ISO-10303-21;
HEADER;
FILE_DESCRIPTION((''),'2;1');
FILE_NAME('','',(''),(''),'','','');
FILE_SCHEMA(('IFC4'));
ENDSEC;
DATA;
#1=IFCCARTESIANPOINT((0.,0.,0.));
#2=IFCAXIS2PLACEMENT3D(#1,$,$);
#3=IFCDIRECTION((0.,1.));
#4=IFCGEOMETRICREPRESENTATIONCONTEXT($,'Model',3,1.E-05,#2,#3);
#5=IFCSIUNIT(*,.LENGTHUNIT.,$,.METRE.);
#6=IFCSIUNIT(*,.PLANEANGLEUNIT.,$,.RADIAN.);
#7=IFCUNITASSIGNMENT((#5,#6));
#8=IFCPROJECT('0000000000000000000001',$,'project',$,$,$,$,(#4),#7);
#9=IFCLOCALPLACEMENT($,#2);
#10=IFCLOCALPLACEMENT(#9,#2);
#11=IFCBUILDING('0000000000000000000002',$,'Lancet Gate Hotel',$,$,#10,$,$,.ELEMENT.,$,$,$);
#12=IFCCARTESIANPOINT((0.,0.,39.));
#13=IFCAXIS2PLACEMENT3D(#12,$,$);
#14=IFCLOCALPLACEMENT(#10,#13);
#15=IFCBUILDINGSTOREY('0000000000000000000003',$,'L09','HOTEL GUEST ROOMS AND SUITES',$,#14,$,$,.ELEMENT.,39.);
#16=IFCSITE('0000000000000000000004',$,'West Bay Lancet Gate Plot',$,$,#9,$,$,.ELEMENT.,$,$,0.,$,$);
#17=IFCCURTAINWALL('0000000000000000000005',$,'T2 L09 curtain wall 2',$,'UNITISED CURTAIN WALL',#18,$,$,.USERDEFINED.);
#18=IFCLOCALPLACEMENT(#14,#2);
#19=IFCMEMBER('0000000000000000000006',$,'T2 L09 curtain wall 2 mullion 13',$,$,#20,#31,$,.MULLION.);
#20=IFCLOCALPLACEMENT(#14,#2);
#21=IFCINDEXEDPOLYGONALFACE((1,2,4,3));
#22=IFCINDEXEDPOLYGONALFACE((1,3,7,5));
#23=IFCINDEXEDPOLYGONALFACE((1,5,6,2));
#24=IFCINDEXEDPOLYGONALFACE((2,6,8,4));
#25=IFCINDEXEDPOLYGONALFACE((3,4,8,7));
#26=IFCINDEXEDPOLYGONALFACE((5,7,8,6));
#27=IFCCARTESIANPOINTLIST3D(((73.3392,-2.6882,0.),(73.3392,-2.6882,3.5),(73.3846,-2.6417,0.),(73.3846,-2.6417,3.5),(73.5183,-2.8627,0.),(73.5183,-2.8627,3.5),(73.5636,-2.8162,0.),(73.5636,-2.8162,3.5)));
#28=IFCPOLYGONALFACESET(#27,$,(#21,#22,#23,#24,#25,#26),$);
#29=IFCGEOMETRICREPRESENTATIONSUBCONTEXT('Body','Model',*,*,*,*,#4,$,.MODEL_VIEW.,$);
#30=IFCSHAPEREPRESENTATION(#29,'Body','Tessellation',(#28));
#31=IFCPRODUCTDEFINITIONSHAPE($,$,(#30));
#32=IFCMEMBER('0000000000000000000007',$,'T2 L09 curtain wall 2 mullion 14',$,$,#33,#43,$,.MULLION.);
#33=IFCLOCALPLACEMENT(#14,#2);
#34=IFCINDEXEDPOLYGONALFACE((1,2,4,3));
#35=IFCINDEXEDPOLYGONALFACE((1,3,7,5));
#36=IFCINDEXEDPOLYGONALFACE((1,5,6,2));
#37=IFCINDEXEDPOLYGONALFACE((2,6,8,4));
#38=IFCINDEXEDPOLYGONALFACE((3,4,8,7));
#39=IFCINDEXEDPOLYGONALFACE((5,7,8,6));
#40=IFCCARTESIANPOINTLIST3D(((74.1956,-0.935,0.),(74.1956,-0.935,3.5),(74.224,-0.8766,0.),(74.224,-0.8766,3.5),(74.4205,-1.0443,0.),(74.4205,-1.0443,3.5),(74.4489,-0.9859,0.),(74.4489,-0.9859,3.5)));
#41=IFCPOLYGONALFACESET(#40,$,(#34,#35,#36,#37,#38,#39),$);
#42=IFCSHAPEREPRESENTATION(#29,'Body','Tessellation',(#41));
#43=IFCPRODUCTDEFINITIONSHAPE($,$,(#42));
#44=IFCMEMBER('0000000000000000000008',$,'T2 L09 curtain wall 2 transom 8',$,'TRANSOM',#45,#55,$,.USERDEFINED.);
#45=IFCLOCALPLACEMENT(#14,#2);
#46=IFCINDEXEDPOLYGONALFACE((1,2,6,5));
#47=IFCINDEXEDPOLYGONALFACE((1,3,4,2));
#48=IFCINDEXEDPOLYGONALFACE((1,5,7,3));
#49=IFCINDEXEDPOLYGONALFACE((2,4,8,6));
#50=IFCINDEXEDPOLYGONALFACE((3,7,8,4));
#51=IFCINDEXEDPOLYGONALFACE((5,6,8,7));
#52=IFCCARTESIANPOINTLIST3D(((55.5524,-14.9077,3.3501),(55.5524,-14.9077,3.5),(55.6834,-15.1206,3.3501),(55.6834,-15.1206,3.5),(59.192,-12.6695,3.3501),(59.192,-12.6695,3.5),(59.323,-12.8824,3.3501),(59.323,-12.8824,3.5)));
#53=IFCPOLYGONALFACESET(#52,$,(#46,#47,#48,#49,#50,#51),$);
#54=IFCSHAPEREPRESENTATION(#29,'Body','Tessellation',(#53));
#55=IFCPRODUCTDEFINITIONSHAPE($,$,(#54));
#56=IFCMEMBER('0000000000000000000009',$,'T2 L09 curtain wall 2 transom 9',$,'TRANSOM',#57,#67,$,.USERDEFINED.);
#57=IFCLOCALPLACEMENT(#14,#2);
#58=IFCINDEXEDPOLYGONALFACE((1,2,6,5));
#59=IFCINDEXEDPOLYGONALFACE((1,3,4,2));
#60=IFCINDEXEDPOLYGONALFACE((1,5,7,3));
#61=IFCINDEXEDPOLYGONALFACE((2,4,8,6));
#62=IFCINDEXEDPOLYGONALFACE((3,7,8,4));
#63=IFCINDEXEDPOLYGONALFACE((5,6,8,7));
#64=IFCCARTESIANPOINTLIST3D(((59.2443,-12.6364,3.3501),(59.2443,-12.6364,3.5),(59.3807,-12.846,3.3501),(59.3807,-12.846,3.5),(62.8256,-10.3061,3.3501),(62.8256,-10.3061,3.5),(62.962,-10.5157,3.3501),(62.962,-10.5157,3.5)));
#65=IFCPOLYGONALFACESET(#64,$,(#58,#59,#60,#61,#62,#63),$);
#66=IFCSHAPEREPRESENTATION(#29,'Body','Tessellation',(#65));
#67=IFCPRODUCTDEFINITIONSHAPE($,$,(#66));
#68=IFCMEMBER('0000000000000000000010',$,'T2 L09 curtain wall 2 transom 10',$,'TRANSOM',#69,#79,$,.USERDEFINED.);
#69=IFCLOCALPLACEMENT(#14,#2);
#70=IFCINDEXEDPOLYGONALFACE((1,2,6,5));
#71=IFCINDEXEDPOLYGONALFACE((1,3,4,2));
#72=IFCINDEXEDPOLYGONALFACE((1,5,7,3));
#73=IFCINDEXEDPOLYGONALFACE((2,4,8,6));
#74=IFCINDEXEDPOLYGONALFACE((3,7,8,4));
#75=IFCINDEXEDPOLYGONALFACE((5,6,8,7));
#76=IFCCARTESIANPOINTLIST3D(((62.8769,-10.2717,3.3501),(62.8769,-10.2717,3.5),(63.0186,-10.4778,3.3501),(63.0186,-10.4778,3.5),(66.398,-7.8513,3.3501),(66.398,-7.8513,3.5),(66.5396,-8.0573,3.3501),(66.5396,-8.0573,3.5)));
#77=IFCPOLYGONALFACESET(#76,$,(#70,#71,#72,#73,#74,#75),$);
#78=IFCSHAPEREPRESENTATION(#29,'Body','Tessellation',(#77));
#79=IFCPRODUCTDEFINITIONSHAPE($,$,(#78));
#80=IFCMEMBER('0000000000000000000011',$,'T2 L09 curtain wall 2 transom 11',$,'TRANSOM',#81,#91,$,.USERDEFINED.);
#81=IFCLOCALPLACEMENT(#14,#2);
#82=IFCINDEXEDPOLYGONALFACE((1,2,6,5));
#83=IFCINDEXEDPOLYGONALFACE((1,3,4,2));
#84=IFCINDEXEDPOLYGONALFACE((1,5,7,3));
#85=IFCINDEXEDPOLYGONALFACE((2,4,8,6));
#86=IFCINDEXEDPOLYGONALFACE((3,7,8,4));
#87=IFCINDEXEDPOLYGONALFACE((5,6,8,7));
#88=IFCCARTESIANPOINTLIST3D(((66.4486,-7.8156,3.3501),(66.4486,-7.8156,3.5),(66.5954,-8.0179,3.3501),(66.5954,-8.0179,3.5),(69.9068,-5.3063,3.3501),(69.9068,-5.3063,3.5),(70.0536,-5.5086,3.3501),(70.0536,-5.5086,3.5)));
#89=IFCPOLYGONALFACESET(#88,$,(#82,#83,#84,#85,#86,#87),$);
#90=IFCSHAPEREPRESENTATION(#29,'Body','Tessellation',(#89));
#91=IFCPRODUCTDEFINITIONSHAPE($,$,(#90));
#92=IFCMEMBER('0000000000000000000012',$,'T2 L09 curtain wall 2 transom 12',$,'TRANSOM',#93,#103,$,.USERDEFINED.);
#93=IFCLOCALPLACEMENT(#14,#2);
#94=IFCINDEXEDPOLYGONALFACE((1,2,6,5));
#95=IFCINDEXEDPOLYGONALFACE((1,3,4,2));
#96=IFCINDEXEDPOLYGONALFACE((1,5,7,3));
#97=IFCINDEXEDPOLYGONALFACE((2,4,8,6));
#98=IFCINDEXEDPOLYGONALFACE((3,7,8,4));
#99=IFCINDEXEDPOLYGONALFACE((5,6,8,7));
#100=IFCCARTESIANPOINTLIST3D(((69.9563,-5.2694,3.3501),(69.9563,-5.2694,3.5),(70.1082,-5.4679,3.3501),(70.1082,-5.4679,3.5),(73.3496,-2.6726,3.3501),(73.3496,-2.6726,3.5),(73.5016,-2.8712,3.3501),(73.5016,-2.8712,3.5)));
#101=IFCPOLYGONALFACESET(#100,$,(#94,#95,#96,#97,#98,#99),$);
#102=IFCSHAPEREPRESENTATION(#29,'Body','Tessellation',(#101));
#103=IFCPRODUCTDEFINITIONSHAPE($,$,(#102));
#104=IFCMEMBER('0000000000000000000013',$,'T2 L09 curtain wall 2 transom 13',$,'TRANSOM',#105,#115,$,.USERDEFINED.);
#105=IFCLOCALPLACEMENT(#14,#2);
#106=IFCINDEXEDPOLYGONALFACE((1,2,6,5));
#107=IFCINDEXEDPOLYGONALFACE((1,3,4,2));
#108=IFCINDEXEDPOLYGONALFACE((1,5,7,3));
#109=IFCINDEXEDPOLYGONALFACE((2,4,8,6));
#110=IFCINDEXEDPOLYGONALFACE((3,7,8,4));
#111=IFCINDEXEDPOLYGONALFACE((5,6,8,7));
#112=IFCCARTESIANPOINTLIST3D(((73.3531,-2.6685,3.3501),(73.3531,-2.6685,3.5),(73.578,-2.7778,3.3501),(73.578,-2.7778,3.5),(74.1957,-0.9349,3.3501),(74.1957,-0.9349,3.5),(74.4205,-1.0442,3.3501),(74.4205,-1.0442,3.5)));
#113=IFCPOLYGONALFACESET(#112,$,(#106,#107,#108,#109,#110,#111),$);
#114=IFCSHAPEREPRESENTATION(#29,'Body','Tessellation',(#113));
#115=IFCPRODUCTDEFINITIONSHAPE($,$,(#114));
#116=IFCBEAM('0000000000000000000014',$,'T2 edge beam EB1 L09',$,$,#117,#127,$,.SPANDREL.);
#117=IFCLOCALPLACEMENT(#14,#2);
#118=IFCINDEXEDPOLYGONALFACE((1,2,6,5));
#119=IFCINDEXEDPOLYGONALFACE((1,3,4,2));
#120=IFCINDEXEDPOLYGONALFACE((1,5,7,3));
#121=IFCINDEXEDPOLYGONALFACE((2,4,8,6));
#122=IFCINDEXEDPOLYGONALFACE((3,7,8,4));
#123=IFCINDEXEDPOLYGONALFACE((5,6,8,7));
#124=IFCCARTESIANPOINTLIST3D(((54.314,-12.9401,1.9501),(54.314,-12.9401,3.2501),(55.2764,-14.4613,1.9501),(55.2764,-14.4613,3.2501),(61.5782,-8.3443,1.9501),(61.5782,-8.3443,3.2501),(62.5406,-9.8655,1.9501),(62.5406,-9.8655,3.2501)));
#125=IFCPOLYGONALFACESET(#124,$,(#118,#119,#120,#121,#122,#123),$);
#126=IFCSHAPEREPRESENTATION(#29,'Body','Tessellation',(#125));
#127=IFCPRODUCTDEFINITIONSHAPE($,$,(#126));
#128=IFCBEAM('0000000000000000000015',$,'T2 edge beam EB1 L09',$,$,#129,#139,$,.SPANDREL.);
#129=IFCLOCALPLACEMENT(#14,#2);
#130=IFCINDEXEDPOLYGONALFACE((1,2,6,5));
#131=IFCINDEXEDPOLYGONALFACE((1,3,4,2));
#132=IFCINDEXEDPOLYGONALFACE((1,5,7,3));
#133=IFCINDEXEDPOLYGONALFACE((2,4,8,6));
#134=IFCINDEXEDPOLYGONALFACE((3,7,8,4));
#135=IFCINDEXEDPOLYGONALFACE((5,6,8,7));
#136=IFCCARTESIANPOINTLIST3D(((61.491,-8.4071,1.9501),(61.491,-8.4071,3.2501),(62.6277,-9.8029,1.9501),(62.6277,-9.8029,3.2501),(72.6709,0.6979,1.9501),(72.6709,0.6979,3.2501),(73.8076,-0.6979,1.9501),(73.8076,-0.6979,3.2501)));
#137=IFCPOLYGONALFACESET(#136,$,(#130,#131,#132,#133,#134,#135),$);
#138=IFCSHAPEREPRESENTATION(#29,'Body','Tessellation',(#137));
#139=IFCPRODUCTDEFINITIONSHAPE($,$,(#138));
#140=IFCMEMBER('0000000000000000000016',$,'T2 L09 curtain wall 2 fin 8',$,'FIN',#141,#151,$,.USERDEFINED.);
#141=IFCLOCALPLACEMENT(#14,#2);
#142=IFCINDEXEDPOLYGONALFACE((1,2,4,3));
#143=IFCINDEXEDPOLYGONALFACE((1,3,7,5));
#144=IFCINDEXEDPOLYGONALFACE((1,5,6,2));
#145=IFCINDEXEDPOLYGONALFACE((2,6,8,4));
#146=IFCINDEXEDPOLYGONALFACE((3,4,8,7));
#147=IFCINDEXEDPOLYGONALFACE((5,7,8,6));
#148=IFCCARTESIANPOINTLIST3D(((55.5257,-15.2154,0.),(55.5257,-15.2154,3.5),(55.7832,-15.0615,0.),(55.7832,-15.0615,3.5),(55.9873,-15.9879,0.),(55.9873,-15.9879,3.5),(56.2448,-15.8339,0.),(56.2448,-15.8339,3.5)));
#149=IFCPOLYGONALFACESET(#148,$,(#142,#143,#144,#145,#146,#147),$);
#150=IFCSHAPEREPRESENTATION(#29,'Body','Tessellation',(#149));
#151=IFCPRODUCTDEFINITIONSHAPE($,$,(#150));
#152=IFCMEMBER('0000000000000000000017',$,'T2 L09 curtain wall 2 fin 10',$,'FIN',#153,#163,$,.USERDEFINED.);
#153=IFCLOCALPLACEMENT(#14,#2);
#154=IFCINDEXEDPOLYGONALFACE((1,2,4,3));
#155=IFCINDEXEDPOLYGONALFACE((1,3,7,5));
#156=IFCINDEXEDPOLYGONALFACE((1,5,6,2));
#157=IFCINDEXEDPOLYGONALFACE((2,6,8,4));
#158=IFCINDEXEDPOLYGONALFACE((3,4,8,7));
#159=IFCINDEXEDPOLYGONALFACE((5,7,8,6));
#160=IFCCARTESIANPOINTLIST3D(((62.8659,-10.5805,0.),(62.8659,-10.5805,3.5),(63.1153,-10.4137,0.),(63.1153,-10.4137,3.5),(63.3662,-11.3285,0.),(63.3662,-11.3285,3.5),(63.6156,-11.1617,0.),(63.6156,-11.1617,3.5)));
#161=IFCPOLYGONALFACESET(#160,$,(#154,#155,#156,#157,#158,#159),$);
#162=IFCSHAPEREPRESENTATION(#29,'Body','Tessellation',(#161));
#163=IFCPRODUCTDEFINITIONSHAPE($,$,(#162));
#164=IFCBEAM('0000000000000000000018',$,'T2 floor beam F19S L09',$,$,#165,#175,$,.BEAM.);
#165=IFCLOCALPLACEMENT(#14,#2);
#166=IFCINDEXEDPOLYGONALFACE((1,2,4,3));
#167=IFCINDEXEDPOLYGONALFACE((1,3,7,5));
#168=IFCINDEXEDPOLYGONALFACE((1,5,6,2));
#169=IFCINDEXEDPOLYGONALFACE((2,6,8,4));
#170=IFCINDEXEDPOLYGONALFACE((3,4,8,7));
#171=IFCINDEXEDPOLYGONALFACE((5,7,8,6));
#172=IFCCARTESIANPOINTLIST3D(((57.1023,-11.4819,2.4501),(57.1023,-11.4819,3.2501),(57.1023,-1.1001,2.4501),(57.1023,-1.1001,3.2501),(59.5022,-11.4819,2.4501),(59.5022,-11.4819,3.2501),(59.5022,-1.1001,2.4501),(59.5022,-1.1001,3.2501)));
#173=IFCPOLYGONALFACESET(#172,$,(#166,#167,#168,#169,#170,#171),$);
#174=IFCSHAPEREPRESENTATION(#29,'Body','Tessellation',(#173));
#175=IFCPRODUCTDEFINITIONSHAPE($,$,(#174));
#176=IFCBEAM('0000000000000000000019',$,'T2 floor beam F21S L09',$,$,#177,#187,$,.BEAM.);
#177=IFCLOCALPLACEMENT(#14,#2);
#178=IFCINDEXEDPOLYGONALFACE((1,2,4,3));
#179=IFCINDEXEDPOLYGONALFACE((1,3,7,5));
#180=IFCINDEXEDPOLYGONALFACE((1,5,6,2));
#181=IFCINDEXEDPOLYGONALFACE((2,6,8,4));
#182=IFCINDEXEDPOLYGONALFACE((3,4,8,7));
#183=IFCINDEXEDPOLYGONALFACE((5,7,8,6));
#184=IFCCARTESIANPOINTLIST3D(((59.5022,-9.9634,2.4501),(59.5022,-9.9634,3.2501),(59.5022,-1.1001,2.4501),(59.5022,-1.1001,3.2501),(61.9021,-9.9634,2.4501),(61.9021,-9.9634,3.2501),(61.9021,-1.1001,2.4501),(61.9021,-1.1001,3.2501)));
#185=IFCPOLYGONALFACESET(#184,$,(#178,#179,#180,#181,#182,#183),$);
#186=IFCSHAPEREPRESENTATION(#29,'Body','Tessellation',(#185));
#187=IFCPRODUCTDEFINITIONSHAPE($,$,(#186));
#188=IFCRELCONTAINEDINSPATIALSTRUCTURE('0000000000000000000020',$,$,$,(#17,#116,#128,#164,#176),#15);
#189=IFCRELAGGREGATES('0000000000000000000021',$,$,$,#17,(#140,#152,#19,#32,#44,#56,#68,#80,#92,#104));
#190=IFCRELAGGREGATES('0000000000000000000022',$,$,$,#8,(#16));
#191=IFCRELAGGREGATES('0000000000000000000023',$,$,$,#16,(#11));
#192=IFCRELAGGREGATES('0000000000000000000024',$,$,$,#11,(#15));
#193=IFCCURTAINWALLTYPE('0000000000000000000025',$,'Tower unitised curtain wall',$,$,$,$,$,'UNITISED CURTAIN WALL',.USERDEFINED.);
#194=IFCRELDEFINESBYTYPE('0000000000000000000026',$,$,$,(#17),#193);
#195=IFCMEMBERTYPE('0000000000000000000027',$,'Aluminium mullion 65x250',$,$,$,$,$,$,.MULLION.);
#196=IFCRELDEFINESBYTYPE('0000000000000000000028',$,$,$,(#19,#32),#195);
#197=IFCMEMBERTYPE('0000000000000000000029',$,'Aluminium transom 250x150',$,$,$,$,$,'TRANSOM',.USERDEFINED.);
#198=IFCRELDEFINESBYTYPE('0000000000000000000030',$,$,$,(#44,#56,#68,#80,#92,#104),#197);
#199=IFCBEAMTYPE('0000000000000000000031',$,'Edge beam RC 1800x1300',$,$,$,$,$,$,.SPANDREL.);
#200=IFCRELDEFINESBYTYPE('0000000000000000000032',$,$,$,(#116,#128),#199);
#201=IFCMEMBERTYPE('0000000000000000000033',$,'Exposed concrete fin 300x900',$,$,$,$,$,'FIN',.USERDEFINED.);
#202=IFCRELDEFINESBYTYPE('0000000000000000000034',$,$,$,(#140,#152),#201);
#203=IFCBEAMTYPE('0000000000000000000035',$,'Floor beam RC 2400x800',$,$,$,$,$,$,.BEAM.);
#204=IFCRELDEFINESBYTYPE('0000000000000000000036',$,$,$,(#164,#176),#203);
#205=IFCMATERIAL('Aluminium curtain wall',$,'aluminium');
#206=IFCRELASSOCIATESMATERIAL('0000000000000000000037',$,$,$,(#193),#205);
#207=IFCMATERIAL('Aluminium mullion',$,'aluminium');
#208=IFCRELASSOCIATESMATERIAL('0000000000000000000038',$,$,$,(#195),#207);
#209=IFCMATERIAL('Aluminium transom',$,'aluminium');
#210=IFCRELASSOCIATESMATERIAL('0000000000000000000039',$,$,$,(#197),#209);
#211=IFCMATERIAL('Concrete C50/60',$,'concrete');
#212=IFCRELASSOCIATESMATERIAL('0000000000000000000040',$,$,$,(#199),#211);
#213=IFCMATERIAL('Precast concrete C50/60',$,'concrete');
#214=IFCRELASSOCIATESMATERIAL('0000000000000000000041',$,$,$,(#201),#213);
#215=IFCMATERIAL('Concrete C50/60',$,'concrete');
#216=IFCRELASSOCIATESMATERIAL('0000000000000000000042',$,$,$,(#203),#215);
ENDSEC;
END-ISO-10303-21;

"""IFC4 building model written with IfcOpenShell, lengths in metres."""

from ifc_helpers import new_model, si_unit, direction, frame, origin, origin_2d, place, context, subcontext, project, spatial, rectangle, extrude, material, material_profile, profile_set, type_object, element, aggregate, save


model = new_model("IFC4")

# Units and contexts
model_context = context("Model", 3, precision=1e-05, world=origin(), true_north=direction((0.0, 1.0)))
body_context = subcontext(model_context, "Body", "Model", "MODEL_VIEW")
ifc_project = project(units=[si_unit("LENGTHUNIT", "METRE"), si_unit("PLANEANGLEUNIT", "RADIAN")], contexts=[model_context])

# Site, building, storey
site_placement = place(None, origin())
site = spatial("IfcSite", under=ifc_project, at=site_placement, Name="West Bay Lancet Gate Plot", CompositionType="ELEMENT", RefElevation=0.0)
building_placement = place(site_placement, origin())
building = spatial("IfcBuilding", under=site, at=building_placement, Name="Lancet Gate Hotel", CompositionType="ELEMENT")
storey_placement = place(building_placement, frame((0.0, 0.0, 39.0)))
storey = spatial("IfcBuildingStorey", under=building, at=storey_placement, Name="L09", Description="HOTEL GUEST ROOMS AND SUITES", CompositionType="ELEMENT", Elevation=39.0)

# Curtain wall, members
ifc_material_1 = material(Name="Aluminium curtain wall", Category="aluminium")
curtain_wall_type = type_object("IfcCurtainWallType", Name="Tower unitised curtain wall", ElementType="UNITISED CURTAIN WALL", PredefinedType="USERDEFINED", material=ifc_material_1)
curtain_wall_placement = place(storey_placement, origin())
curtain_wall = element("IfcCurtainWall", 1, at=curtain_wall_placement, inside=storey, type_object=curtain_wall_type, Name="T2 L09 curtain wall 2", ObjectType="UNITISED CURTAIN WALL", PredefinedType="USERDEFINED")
ifc_material_2 = material(Name="Aluminium mullion", Category="aluminium")
ifc_material_profile_1 = material_profile(ifc_material_2, rectangle(XDim=0.0649, YDim=0.25, at=origin_2d()), Name="MULLION 65x250")
ifc_profile_set_1 = profile_set([ifc_material_profile_1], Name="Aluminium mullion")
member_type_1 = type_object("IfcMemberType", Name="Aluminium mullion 65x250", PredefinedType="MULLION", material=ifc_profile_set_1)
member_1_placement = place(storey_placement, frame((73.4514, -2.7522, 0.0), z_axis=(0.0, 0.0, 1.0), x_axis=(0.697983, 0.716114, 0.0)))
member_1 = element("IfcMember", 2, at=member_1_placement, type_object=member_type_1, Name="T2 L09 curtain wall 2 mullion 13", PredefinedType="MULLION", context=body_context, shape_type="SweptSolid", body=[
    extrude(rectangle(XDim=0.0649, YDim=0.25, at=origin_2d()), origin(), (0.0, 0.0, 1.0), 3.5),
])
member_2_placement = place(storey_placement, frame((74.3223, -0.9604, 0.0), z_axis=(0.0, 0.0, 1.0), x_axis=(0.437169, 0.899379, 0.0)))
member_2 = element("IfcMember", 3, at=member_2_placement, type_object=member_type_1, Name="T2 L09 curtain wall 2 mullion 14", PredefinedType="MULLION", context=body_context, shape_type="SweptSolid", body=[
    extrude(rectangle(XDim=0.0649, YDim=0.25, at=origin_2d()), origin(), (0.0, 0.0, 1.0), 3.5),
])
ifc_material_3 = material(Name="Aluminium transom", Category="aluminium")
ifc_material_profile_2 = material_profile(ifc_material_3, rectangle(XDim=0.25, YDim=0.1499, at=origin_2d()), Name="TRANSOM 250x150")
ifc_profile_set_2 = profile_set([ifc_material_profile_2], Name="Aluminium transom")
member_type_2 = type_object("IfcMemberType", Name="Aluminium transom 250x150", ElementType="TRANSOM", PredefinedType="USERDEFINED", material=ifc_profile_set_2)
member_3_placement = place(storey_placement, frame((55.6179, -15.0142, 3.425), z_axis=(0.851815, 0.523842, 0.0), x_axis=(-0.523842, 0.851815, 0.0)))
member_3 = element("IfcMember", 4, at=member_3_placement, type_object=member_type_2, Name="T2 L09 curtain wall 2 transom 8", ObjectType="TRANSOM", PredefinedType="USERDEFINED", context=body_context, shape_type="SweptSolid", body=[
    extrude(rectangle(XDim=0.25, YDim=0.1499, at=origin_2d()), origin(), (0.0, 0.0, 1.0), 4.2727),
])
member_4_placement = place(storey_placement, frame((59.3125, -12.7412, 3.425), z_axis=(0.838179, 0.545396, 0.0), x_axis=(-0.545396, 0.838179, 0.0)))
member_4 = element("IfcMember", 5, at=member_4_placement, type_object=member_type_2, Name="T2 L09 curtain wall 2 transom 9", ObjectType="TRANSOM", PredefinedType="USERDEFINED", context=body_context, shape_type="SweptSolid", body=[
    extrude(rectangle(XDim=0.25, YDim=0.1499, at=origin_2d()), origin(), (0.0, 0.0, 1.0), 4.2727),
])
member_5_placement = place(storey_placement, frame((62.9478, -10.3748, 3.425), z_axis=(0.824072, 0.566485, 0.0), x_axis=(-0.566485, 0.824072, 0.0)))
member_5 = element("IfcMember", 6, at=member_5_placement, type_object=member_type_2, Name="T2 L09 curtain wall 2 transom 10", ObjectType="TRANSOM", PredefinedType="USERDEFINED", context=body_context, shape_type="SweptSolid", body=[
    extrude(rectangle(XDim=0.25, YDim=0.1499, at=origin_2d()), origin(), (0.0, 0.0, 1.0), 4.2727),
])
member_6_placement = place(storey_placement, frame((66.522, -7.9167, 3.425), z_axis=(0.809383, 0.587281, 0.0), x_axis=(-0.587281, 0.809383, 0.0)))
member_6 = element("IfcMember", 7, at=member_6_placement, type_object=member_type_2, Name="T2 L09 curtain wall 2 transom 11", ObjectType="TRANSOM", PredefinedType="USERDEFINED", context=body_context, shape_type="SweptSolid", body=[
    extrude(rectangle(XDim=0.25, YDim=0.1499, at=origin_2d()), origin(), (0.0, 0.0, 1.0), 4.2727),
])
member_7_placement = place(storey_placement, frame((70.0322, -5.3687, 3.425), z_axis=(0.794155, 0.607715, 0.0), x_axis=(-0.607715, 0.794155, 0.0)))
member_7 = element("IfcMember", 8, at=member_7_placement, type_object=member_type_2, Name="T2 L09 curtain wall 2 transom 12", ObjectType="TRANSOM", PredefinedType="USERDEFINED", context=body_context, shape_type="SweptSolid", body=[
    extrude(rectangle(XDim=0.25, YDim=0.1499, at=origin_2d()), origin(), (0.0, 0.0, 1.0), 4.2729),
])
member_8_placement = place(storey_placement, frame((73.4656, -2.7231, 3.425), z_axis=(0.437103, 0.899411, 0.0), x_axis=(-0.899411, 0.437103, 0.0)))
member_8 = element("IfcMember", 9, at=member_8_placement, type_object=member_type_2, Name="T2 L09 curtain wall 2 transom 13", ObjectType="TRANSOM", PredefinedType="USERDEFINED", context=body_context, shape_type="SweptSolid", body=[
    extrude(rectangle(XDim=0.25, YDim=0.1499, at=origin_2d()), origin(), (0.0, 0.0, 1.0), 1.9275),
])

# Beams
ifc_material_4 = material(Name="Concrete C50/60", Category="concrete")
ifc_material_profile_3 = material_profile(ifc_material_4, rectangle(XDim=1.8, YDim=1.3, at=origin_2d()), Name="RC 1800x1300")
ifc_profile_set_3 = profile_set([ifc_material_profile_3], Name="Concrete C50/60")
beam_type_1 = type_object("IfcBeamType", Name="Edge beam RC 1800x1300", PredefinedType="SPANDREL", material=ifc_profile_set_3)
beam_1_placement = place(storey_placement, frame((54.7952, -13.7007, 2.6001), z_axis=(0.845078, 0.534643, 0.0), x_axis=(-0.534643, 0.845078, 0.0)))
element("IfcBeam", 10, at=beam_1_placement, inside=storey, type_object=beam_type_1, Name="T2 edge beam EB1 L09", PredefinedType="SPANDREL", context=body_context, shape_type="SweptSolid", body=[
    extrude(rectangle(XDim=1.8, YDim=1.3, at=origin_2d()), origin(), (0.0, 0.0, 1.0), 8.5959),
])
beam_2_placement = place(storey_placement, frame((62.0593, -9.105, 2.6001), z_axis=(0.775391, 0.631481, 0.0), x_axis=(-0.631481, 0.775391, 0.0)))
element("IfcBeam", 11, at=beam_2_placement, inside=storey, type_object=beam_type_1, Name="T2 edge beam EB1 L09", PredefinedType="SPANDREL", context=body_context, shape_type="SweptSolid", body=[
    extrude(rectangle(XDim=1.8, YDim=1.3, at=origin_2d()), origin(), (0.0, 0.0, 1.0), 14.4185),
])

# Members
ifc_material_5 = material(Name="Precast concrete C50/60", Category="concrete")
ifc_material_profile_4 = material_profile(ifc_material_5, rectangle(XDim=0.3, YDim=0.8999, at=origin_2d()), Name="FIN 300x900")
ifc_profile_set_4 = profile_set([ifc_material_profile_4], Name="Precast concrete C50/60")
member_type_3 = type_object("IfcMemberType", Name="Exposed concrete fin 300x900", ElementType="FIN", PredefinedType="USERDEFINED", material=ifc_profile_set_4)
member_9_placement = place(storey_placement, frame((55.8853, -15.5247, 0.0), z_axis=(0.0, 0.0, 1.0), x_axis=(0.858413, 0.512959, 0.0)))
member_9 = element("IfcMember", 12, at=member_9_placement, type_object=member_type_3, Name="T2 L09 curtain wall 2 fin 8", ObjectType="FIN", PredefinedType="USERDEFINED", context=body_context, shape_type="SweptSolid", body=[
    extrude(rectangle(XDim=0.3, YDim=0.8999, at=origin_2d()), origin(), (0.0, 0.0, 1.0), 3.5),
])
member_10_placement = place(storey_placement, frame((63.2407, -10.8711, 0.0), z_axis=(0.0, 0.0, 1.0), x_axis=(0.831198, 0.555976, 0.0)))
member_10 = element("IfcMember", 13, at=member_10_placement, type_object=member_type_3, Name="T2 L09 curtain wall 2 fin 10", ObjectType="FIN", PredefinedType="USERDEFINED", context=body_context, shape_type="SweptSolid", body=[
    extrude(rectangle(XDim=0.3, YDim=0.8999, at=origin_2d()), origin(), (0.0, 0.0, 1.0), 3.5),
])

# Beams
ifc_material_6 = material(Name="Concrete C50/60", Category="concrete")
ifc_material_profile_5 = material_profile(ifc_material_6, rectangle(XDim=2.3999, YDim=0.8, at=origin_2d()), Name="RC 2400x800")
ifc_profile_set_5 = profile_set([ifc_material_profile_5], Name="Concrete C50/60")
beam_type_2 = type_object("IfcBeamType", Name="Floor beam RC 2400x800", PredefinedType="BEAM", material=ifc_profile_set_5)
beam_3_placement = place(storey_placement, frame((58.3022, -11.4819, 2.8501), z_axis=(0.0, 1.0, 0.0), x_axis=(-1.0, 0.0, 0.0)))
element("IfcBeam", 14, at=beam_3_placement, inside=storey, type_object=beam_type_2, Name="T2 floor beam F19S L09", PredefinedType="BEAM", context=body_context, shape_type="SweptSolid", body=[
    extrude(rectangle(XDim=2.3999, YDim=0.8, at=origin_2d()), origin(), (0.0, 0.0, 1.0), 10.3818),
])
beam_4_placement = place(storey_placement, frame((60.7021, -9.9634, 2.8501), z_axis=(0.0, 1.0, 0.0), x_axis=(-1.0, 0.0, 0.0)))
element("IfcBeam", 15, at=beam_4_placement, inside=storey, type_object=beam_type_2, Name="T2 floor beam F21S L09", PredefinedType="BEAM", context=body_context, shape_type="SweptSolid", body=[
    extrude(rectangle(XDim=2.3999, YDim=0.8, at=origin_2d()), origin(), (0.0, 0.0, 1.0), 8.8633),
])

aggregate(curtain_wall, [member_9, member_10, member_1, member_2, member_3, member_4, member_5, member_6, member_7, member_8])

save(model, "model.ifc")
